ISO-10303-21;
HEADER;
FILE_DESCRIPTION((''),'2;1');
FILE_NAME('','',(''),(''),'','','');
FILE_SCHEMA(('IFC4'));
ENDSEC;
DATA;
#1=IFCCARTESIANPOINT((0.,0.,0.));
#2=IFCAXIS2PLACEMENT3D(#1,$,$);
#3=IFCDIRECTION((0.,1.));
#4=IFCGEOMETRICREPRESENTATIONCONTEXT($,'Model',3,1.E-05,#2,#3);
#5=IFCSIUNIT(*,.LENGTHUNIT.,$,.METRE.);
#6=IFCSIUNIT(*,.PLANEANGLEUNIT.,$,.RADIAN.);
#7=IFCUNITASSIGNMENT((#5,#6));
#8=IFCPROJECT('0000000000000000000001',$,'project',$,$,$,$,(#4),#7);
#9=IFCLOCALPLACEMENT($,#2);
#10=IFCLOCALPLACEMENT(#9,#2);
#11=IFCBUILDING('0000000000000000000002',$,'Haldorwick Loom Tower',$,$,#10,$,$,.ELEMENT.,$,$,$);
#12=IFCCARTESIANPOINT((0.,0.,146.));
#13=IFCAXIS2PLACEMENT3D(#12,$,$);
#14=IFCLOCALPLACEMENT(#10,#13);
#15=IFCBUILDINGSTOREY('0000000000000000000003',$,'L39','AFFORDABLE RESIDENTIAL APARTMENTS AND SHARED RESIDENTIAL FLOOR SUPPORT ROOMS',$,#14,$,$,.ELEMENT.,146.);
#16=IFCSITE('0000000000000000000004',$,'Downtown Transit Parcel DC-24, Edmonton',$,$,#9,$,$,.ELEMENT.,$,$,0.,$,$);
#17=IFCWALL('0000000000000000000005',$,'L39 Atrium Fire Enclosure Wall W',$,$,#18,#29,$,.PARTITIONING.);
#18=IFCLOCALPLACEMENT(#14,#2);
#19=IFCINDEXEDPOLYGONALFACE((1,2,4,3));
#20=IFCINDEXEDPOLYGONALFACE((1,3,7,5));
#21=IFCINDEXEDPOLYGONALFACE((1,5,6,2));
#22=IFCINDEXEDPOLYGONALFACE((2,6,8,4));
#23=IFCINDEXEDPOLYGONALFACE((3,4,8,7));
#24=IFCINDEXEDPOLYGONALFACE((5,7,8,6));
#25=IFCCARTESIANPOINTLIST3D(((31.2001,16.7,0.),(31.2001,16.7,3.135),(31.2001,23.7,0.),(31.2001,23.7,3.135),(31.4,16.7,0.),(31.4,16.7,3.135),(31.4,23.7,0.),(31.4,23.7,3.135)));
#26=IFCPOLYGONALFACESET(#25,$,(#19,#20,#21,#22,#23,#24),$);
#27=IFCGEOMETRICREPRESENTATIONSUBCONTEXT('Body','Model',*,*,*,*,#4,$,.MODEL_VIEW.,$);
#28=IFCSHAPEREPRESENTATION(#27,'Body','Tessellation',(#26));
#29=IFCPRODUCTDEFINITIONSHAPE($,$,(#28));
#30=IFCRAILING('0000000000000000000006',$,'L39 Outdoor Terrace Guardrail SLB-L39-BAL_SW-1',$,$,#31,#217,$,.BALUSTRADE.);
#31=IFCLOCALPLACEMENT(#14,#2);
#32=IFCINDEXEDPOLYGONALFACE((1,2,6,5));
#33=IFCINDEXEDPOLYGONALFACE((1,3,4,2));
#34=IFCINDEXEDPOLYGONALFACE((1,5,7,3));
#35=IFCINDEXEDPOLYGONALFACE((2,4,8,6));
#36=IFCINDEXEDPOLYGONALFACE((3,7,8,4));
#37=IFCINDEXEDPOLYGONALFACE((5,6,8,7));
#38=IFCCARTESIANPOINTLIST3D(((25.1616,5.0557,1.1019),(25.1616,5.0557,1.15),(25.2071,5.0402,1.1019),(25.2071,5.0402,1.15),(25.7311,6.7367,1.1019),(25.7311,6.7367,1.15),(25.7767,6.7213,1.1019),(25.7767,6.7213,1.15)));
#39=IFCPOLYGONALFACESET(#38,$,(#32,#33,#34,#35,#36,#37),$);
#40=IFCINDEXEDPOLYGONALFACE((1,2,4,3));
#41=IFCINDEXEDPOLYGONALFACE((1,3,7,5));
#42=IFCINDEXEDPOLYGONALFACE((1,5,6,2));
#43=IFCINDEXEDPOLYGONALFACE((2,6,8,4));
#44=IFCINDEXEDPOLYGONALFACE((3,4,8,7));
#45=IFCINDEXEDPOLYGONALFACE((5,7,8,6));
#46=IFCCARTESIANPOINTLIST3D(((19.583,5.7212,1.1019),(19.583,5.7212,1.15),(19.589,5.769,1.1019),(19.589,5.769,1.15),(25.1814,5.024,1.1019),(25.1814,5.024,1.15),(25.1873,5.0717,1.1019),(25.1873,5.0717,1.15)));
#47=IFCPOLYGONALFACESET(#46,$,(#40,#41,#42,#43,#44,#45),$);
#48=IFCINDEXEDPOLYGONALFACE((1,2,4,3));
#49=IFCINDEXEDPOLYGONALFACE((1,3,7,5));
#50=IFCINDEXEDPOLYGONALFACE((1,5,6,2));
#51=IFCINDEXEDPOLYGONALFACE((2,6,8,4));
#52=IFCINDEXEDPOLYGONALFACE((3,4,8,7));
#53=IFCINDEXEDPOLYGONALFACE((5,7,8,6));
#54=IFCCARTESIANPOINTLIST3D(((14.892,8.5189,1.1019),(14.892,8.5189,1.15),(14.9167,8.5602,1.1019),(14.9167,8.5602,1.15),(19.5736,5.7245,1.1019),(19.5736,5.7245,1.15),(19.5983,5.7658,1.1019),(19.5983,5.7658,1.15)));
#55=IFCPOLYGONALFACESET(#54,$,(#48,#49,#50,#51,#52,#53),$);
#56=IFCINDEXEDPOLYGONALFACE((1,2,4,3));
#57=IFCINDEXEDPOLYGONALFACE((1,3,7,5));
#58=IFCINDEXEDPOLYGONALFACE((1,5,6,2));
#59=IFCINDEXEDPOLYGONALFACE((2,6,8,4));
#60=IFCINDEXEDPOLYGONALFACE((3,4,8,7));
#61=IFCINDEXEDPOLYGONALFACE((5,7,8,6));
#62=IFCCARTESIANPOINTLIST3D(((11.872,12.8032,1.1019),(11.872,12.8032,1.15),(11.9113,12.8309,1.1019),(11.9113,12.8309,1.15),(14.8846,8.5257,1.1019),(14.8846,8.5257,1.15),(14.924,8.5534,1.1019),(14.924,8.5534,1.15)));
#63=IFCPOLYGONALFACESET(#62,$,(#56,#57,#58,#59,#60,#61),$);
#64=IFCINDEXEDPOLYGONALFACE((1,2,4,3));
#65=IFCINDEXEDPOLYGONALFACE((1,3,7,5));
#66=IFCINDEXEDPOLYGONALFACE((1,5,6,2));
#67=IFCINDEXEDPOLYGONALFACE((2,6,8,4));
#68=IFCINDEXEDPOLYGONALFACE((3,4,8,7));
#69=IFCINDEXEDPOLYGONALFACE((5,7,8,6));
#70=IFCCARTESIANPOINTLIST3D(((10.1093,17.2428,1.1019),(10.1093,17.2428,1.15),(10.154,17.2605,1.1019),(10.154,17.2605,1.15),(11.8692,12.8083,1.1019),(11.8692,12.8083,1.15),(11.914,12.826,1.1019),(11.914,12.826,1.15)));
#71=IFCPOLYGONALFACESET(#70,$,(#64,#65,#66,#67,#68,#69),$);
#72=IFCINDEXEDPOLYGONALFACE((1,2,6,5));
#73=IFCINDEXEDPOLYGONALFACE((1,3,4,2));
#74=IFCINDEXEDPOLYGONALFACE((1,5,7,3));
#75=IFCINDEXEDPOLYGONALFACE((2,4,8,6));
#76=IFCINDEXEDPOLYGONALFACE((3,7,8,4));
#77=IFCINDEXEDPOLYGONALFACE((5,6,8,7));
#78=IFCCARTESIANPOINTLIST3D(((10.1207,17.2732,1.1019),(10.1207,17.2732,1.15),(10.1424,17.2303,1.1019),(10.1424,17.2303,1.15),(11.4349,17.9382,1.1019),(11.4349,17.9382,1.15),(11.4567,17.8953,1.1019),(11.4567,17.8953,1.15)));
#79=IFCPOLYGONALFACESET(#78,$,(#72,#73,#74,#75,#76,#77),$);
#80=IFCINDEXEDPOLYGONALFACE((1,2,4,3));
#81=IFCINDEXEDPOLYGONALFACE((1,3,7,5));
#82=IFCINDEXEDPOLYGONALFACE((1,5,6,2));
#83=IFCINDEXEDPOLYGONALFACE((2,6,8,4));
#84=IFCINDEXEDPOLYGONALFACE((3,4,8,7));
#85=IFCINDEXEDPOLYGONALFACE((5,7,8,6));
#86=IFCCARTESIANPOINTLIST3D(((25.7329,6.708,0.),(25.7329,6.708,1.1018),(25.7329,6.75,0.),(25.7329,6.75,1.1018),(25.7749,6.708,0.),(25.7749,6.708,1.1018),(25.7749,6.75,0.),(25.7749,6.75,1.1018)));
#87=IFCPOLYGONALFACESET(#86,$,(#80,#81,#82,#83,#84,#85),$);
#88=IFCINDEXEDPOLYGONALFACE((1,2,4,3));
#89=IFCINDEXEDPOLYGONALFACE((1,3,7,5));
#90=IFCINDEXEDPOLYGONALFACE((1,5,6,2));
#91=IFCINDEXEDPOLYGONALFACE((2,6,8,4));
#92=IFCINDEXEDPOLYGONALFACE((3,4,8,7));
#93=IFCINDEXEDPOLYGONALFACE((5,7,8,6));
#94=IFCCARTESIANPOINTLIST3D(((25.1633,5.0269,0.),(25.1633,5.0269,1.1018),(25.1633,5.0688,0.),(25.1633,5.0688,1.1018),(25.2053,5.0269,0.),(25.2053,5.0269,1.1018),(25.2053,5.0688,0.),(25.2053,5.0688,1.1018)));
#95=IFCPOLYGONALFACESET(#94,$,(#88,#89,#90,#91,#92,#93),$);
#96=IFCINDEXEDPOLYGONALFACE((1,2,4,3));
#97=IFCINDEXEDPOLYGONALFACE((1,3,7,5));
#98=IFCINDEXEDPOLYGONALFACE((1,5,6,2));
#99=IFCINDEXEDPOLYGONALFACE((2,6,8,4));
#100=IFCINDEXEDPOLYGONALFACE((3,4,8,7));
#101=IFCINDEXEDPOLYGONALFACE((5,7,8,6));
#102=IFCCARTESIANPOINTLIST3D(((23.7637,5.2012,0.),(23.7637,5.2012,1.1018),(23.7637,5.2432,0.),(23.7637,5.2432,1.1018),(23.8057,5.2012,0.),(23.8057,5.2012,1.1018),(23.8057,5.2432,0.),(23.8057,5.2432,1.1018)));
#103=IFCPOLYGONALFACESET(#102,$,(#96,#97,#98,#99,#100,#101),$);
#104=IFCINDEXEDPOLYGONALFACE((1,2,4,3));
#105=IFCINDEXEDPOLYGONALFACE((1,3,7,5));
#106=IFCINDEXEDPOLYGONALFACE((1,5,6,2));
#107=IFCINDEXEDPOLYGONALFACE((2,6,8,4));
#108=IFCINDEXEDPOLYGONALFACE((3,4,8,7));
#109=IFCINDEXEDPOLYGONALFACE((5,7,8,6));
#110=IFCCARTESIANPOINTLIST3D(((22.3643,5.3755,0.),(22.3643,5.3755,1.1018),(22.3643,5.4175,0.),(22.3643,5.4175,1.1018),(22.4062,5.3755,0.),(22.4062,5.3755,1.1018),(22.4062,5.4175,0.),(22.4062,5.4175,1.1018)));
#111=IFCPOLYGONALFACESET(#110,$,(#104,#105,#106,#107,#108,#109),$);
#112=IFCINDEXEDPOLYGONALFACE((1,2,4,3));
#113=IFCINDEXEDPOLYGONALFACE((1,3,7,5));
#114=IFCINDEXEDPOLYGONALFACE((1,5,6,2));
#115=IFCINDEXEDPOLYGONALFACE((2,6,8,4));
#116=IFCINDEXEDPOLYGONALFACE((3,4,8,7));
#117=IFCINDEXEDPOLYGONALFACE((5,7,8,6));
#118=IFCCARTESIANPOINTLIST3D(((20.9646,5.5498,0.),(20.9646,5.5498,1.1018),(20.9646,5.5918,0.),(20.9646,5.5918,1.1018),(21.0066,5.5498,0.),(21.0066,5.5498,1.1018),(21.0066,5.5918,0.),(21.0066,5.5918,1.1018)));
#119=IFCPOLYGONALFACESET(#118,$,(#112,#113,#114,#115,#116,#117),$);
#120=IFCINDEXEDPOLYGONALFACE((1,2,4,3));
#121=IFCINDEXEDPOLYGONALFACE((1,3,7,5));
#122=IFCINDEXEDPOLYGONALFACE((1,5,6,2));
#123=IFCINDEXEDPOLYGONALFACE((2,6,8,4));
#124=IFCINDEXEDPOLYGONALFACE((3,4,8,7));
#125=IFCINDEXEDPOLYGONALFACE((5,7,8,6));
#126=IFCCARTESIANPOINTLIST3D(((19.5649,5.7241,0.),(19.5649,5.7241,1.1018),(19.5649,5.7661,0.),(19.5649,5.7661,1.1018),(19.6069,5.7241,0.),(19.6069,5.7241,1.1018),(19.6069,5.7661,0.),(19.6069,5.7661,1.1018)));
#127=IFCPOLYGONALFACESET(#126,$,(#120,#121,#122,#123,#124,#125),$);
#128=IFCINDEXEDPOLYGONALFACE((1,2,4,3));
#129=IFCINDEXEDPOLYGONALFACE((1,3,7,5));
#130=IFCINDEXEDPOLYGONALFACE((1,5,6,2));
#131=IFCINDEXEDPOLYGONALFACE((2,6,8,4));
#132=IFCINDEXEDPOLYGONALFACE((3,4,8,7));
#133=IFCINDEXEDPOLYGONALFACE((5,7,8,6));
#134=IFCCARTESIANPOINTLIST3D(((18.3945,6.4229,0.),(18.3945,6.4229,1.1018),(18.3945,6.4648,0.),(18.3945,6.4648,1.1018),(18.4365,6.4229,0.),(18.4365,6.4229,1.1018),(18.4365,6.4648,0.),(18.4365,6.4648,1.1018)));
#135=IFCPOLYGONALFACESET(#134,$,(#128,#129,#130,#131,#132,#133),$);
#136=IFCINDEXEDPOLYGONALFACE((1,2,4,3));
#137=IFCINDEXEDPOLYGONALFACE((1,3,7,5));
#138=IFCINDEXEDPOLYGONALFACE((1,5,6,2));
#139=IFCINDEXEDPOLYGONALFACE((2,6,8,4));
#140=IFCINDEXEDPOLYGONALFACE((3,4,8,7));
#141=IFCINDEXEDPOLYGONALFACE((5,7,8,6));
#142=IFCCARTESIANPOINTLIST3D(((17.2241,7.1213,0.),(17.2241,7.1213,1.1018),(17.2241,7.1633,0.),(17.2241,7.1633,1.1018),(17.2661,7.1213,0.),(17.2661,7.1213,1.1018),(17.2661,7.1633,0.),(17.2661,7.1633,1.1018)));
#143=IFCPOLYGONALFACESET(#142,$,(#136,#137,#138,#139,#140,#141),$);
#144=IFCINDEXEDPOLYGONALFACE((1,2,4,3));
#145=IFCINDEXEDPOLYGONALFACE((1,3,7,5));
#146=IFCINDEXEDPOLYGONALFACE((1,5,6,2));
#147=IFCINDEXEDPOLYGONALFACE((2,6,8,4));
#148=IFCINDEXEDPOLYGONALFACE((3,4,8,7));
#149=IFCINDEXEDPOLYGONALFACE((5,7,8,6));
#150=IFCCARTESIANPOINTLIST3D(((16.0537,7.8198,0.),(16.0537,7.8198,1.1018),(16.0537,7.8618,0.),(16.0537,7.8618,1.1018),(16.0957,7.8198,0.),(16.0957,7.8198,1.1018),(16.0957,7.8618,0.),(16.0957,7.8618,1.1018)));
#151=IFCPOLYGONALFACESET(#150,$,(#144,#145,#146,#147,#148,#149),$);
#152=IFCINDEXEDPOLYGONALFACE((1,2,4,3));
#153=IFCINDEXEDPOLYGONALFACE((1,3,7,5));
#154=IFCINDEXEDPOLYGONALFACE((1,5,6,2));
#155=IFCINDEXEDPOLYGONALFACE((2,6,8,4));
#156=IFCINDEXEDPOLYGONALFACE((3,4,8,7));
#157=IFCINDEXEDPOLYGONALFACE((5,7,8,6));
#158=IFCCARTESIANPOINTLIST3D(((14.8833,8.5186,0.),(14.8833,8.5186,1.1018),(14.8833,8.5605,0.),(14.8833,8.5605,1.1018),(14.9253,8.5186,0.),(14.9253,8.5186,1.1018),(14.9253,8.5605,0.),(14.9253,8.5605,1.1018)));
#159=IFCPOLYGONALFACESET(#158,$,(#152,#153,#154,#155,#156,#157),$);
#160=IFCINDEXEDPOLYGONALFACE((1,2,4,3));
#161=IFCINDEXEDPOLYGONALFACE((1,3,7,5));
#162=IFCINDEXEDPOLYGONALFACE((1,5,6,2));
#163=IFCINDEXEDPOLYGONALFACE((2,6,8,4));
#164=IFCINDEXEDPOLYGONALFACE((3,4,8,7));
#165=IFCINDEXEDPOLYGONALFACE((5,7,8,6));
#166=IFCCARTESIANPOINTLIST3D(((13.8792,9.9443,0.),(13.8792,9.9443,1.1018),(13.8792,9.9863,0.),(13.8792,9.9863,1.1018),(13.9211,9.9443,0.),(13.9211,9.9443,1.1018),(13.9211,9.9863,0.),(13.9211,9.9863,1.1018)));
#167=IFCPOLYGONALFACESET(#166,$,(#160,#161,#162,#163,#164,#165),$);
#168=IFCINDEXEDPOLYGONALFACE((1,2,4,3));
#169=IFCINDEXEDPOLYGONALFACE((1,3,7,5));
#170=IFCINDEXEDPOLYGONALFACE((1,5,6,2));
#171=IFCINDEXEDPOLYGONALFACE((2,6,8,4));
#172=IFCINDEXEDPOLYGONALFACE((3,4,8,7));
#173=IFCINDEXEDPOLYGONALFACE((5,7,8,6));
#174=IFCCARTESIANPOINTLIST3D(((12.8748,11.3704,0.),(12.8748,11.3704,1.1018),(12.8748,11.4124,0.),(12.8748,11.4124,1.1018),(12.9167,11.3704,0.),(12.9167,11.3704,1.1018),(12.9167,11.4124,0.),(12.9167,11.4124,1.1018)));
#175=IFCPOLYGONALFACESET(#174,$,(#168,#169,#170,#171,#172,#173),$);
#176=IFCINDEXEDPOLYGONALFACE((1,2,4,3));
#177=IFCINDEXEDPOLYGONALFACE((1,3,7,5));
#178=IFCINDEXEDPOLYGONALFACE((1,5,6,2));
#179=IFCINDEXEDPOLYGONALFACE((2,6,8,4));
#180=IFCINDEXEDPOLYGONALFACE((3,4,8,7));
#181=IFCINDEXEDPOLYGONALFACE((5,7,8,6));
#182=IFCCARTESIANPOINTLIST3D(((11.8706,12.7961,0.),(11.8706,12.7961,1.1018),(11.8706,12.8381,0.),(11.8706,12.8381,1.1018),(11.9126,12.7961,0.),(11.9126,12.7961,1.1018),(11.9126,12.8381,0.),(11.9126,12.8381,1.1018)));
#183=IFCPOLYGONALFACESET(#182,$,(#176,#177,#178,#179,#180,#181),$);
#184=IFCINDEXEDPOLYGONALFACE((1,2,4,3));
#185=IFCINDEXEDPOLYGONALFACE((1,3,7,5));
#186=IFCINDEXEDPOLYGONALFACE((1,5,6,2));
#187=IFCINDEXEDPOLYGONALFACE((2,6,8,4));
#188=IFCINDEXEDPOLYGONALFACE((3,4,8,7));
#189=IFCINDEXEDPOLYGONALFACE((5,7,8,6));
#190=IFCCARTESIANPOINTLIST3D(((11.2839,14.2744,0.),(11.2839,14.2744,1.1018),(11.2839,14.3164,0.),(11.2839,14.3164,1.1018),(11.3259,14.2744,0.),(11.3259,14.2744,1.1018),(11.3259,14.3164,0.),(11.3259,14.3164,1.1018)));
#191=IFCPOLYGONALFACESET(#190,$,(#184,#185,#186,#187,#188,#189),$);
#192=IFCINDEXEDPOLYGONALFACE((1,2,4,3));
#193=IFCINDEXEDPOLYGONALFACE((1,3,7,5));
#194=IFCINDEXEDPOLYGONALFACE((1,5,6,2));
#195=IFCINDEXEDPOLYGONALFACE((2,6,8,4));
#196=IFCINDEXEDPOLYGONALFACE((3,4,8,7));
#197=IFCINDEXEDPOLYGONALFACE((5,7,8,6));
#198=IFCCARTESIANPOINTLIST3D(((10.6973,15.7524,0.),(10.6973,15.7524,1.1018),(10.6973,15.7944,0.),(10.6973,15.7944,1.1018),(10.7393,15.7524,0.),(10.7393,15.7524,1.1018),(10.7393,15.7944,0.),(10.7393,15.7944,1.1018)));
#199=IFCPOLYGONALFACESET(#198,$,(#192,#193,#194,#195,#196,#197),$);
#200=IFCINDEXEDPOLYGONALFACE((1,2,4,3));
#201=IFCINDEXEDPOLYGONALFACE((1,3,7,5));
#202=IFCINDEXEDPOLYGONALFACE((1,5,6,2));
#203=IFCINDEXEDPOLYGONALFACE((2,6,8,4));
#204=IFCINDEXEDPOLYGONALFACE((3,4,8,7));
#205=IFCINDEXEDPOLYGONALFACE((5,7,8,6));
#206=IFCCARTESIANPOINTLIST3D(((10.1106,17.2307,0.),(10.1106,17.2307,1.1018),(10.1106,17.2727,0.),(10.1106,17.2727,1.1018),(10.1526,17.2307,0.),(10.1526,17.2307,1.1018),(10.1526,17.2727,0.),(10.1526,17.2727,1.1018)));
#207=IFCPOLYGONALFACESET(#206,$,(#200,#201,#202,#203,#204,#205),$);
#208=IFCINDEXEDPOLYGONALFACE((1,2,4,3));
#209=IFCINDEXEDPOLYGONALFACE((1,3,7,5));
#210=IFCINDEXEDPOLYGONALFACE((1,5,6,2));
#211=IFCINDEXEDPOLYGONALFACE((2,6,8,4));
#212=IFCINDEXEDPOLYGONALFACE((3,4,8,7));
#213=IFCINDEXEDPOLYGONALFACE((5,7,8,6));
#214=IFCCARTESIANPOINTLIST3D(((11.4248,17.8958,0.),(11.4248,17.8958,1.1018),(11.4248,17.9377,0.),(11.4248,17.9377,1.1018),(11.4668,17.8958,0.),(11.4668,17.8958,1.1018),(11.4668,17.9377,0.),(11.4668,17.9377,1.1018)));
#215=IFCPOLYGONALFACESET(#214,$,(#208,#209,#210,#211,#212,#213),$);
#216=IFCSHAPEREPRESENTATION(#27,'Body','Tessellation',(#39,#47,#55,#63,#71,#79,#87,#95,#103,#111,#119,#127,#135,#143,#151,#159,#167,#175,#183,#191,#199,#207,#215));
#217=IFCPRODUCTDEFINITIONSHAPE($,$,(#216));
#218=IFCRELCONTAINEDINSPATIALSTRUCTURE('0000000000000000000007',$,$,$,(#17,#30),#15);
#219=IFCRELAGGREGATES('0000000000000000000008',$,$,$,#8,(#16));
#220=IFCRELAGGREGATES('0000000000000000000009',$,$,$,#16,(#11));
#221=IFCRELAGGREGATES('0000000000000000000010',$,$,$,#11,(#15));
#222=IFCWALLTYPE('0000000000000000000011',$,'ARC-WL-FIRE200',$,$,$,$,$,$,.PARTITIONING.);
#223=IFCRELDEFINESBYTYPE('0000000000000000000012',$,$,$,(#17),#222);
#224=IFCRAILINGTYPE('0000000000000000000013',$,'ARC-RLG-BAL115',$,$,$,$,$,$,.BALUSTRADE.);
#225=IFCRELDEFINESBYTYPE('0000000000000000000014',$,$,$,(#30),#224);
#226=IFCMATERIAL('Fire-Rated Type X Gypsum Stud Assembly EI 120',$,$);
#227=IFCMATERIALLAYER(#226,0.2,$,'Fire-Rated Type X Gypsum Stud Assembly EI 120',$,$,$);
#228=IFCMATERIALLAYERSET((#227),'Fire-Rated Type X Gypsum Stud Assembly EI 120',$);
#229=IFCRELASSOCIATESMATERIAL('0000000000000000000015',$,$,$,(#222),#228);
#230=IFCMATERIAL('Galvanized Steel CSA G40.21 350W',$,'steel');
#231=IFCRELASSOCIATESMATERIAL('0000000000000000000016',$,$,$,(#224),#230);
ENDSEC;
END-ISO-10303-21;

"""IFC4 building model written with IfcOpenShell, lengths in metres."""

from ifc_helpers import new_model, si_unit, direction, frame, frame_2d, origin, origin_2d, place, context, subcontext, project, spatial, rectangle, extrude, material, layer, layer_set, type_object, element, save


model = new_model("IFC4")

# Units and contexts
model_context = context("Model", 3, precision=1e-05, world=origin(), true_north=direction((0.0, 1.0)))
body_context = subcontext(model_context, "Body", "Model", "MODEL_VIEW")
ifc_project = project(units=[si_unit("LENGTHUNIT", "METRE"), si_unit("PLANEANGLEUNIT", "RADIAN")], contexts=[model_context])

# Site, building, storey
site_placement = place(None, origin())
site = spatial("IfcSite", under=ifc_project, at=site_placement, Name="Downtown Transit Parcel DC-24, Edmonton", CompositionType="ELEMENT", RefElevation=0.0)
building_placement = place(site_placement, origin())
building = spatial("IfcBuilding", under=site, at=building_placement, Name="Haldorwick Loom Tower", CompositionType="ELEMENT")
storey_placement = place(building_placement, frame((0.0, 0.0, 146.0)))
storey = spatial("IfcBuildingStorey", under=building, at=storey_placement, Name="L39", Description="AFFORDABLE RESIDENTIAL APARTMENTS AND SHARED RESIDENTIAL FLOOR SUPPORT ROOMS", CompositionType="ELEMENT", Elevation=146.0)

# Wall
ifc_material_1 = material(Name="Fire-Rated Type X Gypsum Stud Assembly EI 120")
ifc_layer_1 = layer(ifc_material_1, 0.2, Name="Fire-Rated Type X Gypsum Stud Assembly EI 120")
ifc_layer_set_1 = layer_set([ifc_layer_1], Name="Fire-Rated Type X Gypsum Stud Assembly EI 120")
wall_type_1 = type_object("IfcWallType", Name="ARC-WL-FIRE200", PredefinedType="PARTITIONING", material=ifc_layer_set_1)
wall_1_placement = place(storey_placement, frame((31.3, 16.7, 0.0), z_axis=(0.0, 0.0, 1.0), x_axis=(0.0, 1.0, 0.0)))
element("IfcWall", 1, at=wall_1_placement, inside=storey, type_object=wall_type_1, Name="L39 Atrium Fire Enclosure Wall W", PredefinedType="PARTITIONING", context=body_context, shape_type="SweptSolid", body=[
    extrude(rectangle(XDim=7.0, YDim=0.2, at=frame_2d((3.5, 0.0))), origin(), (0.0, 0.0, 1.0), 3.135),
])

# Railing
ifc_material_2 = material(Name="Galvanized Steel CSA G40.21 350W", Category="steel")
railing_type = type_object("IfcRailingType", Name="ARC-RLG-BAL115", PredefinedType="BALUSTRADE", material=ifc_material_2)
railing_placement = place(storey_placement, frame((25.7539, 6.729, 0.0)))
element("IfcRailing", 2, at=railing_placement, inside=storey, type_object=railing_type, Name="L39 Outdoor Terrace Guardrail SLB-L39-BAL_SW-1", PredefinedType="BALUSTRADE", context=body_context, shape_type="SweptSolid", body=[
    extrude(rectangle(XDim=0.0481, YDim=0.0481, at=origin_2d()), frame((0.0, 0.0, 1.126), z_axis=(-0.320887, -0.947118, 0.0), x_axis=(0.947118, -0.320887, 0.0)), (0.0, 0.0, 1.0), 1.7749),
    extrude(rectangle(XDim=0.0481, YDim=0.0481, at=origin_2d()), frame((-0.5696, -1.6812, 1.126), z_axis=(-0.992333, 0.123593, 0.0), x_axis=(-0.123593, -0.992333, 0.0)), (0.0, 0.0, 1.0), 5.6416),
    extrude(rectangle(XDim=0.0481, YDim=0.0481, at=origin_2d()), frame((-6.168, -0.9839, 1.126), z_axis=(-0.858668, 0.512532, 0.0), x_axis=(-0.512532, -0.858668, 0.0)), (0.0, 0.0, 1.0), 5.4521),
    extrude(rectangle(XDim=0.0481, YDim=0.0481, at=origin_2d()), frame((-10.8496, 1.8105, 1.126), z_axis=(-0.575818, 0.817578, 0.0), x_axis=(-0.817578, -0.575818, 0.0)), (0.0, 0.0, 1.0), 5.2319),
    extrude(rectangle(XDim=0.0481, YDim=0.0481, at=origin_2d()), frame((-13.8623, 6.0881, 1.126), z_axis=(-0.368893, 0.929472, 0.0), x_axis=(-0.929472, -0.368893, 0.0)), (0.0, 0.0, 1.0), 4.771),
    extrude(rectangle(XDim=0.0481, YDim=0.0481, at=origin_2d()), frame((-15.6223, 10.5227, 1.126), z_axis=(0.892262, 0.451518, 0.0), x_axis=(-0.451518, 0.892262, 0.0)), (0.0, 0.0, 1.0), 1.4729),
    extrude(rectangle(XDim=0.042, YDim=0.042, at=origin_2d()), origin(), (0.0, 0.0, 1.0), 1.1018),
    extrude(rectangle(XDim=0.042, YDim=0.042, at=origin_2d()), frame((-0.5696, -1.6812, 0.0)), (0.0, 0.0, 1.0), 1.1018),
    extrude(rectangle(XDim=0.042, YDim=0.042, at=origin_2d()), frame((-1.9692, -1.5068, 0.0)), (0.0, 0.0, 1.0), 1.1018),
    extrude(rectangle(XDim=0.042, YDim=0.042, at=origin_2d()), frame((-3.3687, -1.3325, 0.0)), (0.0, 0.0, 1.0), 1.1018),
    extrude(rectangle(XDim=0.042, YDim=0.042, at=origin_2d()), frame((-4.7683, -1.1582, 0.0)), (0.0, 0.0, 1.0), 1.1018),
    extrude(rectangle(XDim=0.042, YDim=0.042, at=origin_2d()), frame((-6.168, -0.9839, 0.0)), (0.0, 0.0, 1.0), 1.1018),
    extrude(rectangle(XDim=0.042, YDim=0.042, at=origin_2d()), frame((-7.3384, -0.2852, 0.0)), (0.0, 0.0, 1.0), 1.1018),
    extrude(rectangle(XDim=0.042, YDim=0.042, at=origin_2d()), frame((-8.5088, 0.4133, 0.0)), (0.0, 0.0, 1.0), 1.1018),
    extrude(rectangle(XDim=0.042, YDim=0.042, at=origin_2d()), frame((-9.6792, 1.1118, 0.0)), (0.0, 0.0, 1.0), 1.1018),
    extrude(rectangle(XDim=0.042, YDim=0.042, at=origin_2d()), frame((-10.8496, 1.8105, 0.0)), (0.0, 0.0, 1.0), 1.1018),
    extrude(rectangle(XDim=0.042, YDim=0.042, at=origin_2d()), frame((-11.8538, 3.2363, 0.0)), (0.0, 0.0, 1.0), 1.1018),
    extrude(rectangle(XDim=0.042, YDim=0.042, at=origin_2d()), frame((-12.8582, 4.6624, 0.0)), (0.0, 0.0, 1.0), 1.1018),
    extrude(rectangle(XDim=0.042, YDim=0.042, at=origin_2d()), frame((-13.8623, 6.0881, 0.0)), (0.0, 0.0, 1.0), 1.1018),
    extrude(rectangle(XDim=0.042, YDim=0.042, at=origin_2d()), frame((-14.449, 7.5664, 0.0)), (0.0, 0.0, 1.0), 1.1018),
    extrude(rectangle(XDim=0.042, YDim=0.042, at=origin_2d()), frame((-15.0356, 9.0444, 0.0)), (0.0, 0.0, 1.0), 1.1018),
    extrude(rectangle(XDim=0.042, YDim=0.042, at=origin_2d()), frame((-15.6223, 10.5227, 0.0)), (0.0, 0.0, 1.0), 1.1018),
    extrude(rectangle(XDim=0.042, YDim=0.042, at=origin_2d()), frame((-14.3081, 11.1877, 0.0)), (0.0, 0.0, 1.0), 1.1018),
])

save(model, "model.ifc")
